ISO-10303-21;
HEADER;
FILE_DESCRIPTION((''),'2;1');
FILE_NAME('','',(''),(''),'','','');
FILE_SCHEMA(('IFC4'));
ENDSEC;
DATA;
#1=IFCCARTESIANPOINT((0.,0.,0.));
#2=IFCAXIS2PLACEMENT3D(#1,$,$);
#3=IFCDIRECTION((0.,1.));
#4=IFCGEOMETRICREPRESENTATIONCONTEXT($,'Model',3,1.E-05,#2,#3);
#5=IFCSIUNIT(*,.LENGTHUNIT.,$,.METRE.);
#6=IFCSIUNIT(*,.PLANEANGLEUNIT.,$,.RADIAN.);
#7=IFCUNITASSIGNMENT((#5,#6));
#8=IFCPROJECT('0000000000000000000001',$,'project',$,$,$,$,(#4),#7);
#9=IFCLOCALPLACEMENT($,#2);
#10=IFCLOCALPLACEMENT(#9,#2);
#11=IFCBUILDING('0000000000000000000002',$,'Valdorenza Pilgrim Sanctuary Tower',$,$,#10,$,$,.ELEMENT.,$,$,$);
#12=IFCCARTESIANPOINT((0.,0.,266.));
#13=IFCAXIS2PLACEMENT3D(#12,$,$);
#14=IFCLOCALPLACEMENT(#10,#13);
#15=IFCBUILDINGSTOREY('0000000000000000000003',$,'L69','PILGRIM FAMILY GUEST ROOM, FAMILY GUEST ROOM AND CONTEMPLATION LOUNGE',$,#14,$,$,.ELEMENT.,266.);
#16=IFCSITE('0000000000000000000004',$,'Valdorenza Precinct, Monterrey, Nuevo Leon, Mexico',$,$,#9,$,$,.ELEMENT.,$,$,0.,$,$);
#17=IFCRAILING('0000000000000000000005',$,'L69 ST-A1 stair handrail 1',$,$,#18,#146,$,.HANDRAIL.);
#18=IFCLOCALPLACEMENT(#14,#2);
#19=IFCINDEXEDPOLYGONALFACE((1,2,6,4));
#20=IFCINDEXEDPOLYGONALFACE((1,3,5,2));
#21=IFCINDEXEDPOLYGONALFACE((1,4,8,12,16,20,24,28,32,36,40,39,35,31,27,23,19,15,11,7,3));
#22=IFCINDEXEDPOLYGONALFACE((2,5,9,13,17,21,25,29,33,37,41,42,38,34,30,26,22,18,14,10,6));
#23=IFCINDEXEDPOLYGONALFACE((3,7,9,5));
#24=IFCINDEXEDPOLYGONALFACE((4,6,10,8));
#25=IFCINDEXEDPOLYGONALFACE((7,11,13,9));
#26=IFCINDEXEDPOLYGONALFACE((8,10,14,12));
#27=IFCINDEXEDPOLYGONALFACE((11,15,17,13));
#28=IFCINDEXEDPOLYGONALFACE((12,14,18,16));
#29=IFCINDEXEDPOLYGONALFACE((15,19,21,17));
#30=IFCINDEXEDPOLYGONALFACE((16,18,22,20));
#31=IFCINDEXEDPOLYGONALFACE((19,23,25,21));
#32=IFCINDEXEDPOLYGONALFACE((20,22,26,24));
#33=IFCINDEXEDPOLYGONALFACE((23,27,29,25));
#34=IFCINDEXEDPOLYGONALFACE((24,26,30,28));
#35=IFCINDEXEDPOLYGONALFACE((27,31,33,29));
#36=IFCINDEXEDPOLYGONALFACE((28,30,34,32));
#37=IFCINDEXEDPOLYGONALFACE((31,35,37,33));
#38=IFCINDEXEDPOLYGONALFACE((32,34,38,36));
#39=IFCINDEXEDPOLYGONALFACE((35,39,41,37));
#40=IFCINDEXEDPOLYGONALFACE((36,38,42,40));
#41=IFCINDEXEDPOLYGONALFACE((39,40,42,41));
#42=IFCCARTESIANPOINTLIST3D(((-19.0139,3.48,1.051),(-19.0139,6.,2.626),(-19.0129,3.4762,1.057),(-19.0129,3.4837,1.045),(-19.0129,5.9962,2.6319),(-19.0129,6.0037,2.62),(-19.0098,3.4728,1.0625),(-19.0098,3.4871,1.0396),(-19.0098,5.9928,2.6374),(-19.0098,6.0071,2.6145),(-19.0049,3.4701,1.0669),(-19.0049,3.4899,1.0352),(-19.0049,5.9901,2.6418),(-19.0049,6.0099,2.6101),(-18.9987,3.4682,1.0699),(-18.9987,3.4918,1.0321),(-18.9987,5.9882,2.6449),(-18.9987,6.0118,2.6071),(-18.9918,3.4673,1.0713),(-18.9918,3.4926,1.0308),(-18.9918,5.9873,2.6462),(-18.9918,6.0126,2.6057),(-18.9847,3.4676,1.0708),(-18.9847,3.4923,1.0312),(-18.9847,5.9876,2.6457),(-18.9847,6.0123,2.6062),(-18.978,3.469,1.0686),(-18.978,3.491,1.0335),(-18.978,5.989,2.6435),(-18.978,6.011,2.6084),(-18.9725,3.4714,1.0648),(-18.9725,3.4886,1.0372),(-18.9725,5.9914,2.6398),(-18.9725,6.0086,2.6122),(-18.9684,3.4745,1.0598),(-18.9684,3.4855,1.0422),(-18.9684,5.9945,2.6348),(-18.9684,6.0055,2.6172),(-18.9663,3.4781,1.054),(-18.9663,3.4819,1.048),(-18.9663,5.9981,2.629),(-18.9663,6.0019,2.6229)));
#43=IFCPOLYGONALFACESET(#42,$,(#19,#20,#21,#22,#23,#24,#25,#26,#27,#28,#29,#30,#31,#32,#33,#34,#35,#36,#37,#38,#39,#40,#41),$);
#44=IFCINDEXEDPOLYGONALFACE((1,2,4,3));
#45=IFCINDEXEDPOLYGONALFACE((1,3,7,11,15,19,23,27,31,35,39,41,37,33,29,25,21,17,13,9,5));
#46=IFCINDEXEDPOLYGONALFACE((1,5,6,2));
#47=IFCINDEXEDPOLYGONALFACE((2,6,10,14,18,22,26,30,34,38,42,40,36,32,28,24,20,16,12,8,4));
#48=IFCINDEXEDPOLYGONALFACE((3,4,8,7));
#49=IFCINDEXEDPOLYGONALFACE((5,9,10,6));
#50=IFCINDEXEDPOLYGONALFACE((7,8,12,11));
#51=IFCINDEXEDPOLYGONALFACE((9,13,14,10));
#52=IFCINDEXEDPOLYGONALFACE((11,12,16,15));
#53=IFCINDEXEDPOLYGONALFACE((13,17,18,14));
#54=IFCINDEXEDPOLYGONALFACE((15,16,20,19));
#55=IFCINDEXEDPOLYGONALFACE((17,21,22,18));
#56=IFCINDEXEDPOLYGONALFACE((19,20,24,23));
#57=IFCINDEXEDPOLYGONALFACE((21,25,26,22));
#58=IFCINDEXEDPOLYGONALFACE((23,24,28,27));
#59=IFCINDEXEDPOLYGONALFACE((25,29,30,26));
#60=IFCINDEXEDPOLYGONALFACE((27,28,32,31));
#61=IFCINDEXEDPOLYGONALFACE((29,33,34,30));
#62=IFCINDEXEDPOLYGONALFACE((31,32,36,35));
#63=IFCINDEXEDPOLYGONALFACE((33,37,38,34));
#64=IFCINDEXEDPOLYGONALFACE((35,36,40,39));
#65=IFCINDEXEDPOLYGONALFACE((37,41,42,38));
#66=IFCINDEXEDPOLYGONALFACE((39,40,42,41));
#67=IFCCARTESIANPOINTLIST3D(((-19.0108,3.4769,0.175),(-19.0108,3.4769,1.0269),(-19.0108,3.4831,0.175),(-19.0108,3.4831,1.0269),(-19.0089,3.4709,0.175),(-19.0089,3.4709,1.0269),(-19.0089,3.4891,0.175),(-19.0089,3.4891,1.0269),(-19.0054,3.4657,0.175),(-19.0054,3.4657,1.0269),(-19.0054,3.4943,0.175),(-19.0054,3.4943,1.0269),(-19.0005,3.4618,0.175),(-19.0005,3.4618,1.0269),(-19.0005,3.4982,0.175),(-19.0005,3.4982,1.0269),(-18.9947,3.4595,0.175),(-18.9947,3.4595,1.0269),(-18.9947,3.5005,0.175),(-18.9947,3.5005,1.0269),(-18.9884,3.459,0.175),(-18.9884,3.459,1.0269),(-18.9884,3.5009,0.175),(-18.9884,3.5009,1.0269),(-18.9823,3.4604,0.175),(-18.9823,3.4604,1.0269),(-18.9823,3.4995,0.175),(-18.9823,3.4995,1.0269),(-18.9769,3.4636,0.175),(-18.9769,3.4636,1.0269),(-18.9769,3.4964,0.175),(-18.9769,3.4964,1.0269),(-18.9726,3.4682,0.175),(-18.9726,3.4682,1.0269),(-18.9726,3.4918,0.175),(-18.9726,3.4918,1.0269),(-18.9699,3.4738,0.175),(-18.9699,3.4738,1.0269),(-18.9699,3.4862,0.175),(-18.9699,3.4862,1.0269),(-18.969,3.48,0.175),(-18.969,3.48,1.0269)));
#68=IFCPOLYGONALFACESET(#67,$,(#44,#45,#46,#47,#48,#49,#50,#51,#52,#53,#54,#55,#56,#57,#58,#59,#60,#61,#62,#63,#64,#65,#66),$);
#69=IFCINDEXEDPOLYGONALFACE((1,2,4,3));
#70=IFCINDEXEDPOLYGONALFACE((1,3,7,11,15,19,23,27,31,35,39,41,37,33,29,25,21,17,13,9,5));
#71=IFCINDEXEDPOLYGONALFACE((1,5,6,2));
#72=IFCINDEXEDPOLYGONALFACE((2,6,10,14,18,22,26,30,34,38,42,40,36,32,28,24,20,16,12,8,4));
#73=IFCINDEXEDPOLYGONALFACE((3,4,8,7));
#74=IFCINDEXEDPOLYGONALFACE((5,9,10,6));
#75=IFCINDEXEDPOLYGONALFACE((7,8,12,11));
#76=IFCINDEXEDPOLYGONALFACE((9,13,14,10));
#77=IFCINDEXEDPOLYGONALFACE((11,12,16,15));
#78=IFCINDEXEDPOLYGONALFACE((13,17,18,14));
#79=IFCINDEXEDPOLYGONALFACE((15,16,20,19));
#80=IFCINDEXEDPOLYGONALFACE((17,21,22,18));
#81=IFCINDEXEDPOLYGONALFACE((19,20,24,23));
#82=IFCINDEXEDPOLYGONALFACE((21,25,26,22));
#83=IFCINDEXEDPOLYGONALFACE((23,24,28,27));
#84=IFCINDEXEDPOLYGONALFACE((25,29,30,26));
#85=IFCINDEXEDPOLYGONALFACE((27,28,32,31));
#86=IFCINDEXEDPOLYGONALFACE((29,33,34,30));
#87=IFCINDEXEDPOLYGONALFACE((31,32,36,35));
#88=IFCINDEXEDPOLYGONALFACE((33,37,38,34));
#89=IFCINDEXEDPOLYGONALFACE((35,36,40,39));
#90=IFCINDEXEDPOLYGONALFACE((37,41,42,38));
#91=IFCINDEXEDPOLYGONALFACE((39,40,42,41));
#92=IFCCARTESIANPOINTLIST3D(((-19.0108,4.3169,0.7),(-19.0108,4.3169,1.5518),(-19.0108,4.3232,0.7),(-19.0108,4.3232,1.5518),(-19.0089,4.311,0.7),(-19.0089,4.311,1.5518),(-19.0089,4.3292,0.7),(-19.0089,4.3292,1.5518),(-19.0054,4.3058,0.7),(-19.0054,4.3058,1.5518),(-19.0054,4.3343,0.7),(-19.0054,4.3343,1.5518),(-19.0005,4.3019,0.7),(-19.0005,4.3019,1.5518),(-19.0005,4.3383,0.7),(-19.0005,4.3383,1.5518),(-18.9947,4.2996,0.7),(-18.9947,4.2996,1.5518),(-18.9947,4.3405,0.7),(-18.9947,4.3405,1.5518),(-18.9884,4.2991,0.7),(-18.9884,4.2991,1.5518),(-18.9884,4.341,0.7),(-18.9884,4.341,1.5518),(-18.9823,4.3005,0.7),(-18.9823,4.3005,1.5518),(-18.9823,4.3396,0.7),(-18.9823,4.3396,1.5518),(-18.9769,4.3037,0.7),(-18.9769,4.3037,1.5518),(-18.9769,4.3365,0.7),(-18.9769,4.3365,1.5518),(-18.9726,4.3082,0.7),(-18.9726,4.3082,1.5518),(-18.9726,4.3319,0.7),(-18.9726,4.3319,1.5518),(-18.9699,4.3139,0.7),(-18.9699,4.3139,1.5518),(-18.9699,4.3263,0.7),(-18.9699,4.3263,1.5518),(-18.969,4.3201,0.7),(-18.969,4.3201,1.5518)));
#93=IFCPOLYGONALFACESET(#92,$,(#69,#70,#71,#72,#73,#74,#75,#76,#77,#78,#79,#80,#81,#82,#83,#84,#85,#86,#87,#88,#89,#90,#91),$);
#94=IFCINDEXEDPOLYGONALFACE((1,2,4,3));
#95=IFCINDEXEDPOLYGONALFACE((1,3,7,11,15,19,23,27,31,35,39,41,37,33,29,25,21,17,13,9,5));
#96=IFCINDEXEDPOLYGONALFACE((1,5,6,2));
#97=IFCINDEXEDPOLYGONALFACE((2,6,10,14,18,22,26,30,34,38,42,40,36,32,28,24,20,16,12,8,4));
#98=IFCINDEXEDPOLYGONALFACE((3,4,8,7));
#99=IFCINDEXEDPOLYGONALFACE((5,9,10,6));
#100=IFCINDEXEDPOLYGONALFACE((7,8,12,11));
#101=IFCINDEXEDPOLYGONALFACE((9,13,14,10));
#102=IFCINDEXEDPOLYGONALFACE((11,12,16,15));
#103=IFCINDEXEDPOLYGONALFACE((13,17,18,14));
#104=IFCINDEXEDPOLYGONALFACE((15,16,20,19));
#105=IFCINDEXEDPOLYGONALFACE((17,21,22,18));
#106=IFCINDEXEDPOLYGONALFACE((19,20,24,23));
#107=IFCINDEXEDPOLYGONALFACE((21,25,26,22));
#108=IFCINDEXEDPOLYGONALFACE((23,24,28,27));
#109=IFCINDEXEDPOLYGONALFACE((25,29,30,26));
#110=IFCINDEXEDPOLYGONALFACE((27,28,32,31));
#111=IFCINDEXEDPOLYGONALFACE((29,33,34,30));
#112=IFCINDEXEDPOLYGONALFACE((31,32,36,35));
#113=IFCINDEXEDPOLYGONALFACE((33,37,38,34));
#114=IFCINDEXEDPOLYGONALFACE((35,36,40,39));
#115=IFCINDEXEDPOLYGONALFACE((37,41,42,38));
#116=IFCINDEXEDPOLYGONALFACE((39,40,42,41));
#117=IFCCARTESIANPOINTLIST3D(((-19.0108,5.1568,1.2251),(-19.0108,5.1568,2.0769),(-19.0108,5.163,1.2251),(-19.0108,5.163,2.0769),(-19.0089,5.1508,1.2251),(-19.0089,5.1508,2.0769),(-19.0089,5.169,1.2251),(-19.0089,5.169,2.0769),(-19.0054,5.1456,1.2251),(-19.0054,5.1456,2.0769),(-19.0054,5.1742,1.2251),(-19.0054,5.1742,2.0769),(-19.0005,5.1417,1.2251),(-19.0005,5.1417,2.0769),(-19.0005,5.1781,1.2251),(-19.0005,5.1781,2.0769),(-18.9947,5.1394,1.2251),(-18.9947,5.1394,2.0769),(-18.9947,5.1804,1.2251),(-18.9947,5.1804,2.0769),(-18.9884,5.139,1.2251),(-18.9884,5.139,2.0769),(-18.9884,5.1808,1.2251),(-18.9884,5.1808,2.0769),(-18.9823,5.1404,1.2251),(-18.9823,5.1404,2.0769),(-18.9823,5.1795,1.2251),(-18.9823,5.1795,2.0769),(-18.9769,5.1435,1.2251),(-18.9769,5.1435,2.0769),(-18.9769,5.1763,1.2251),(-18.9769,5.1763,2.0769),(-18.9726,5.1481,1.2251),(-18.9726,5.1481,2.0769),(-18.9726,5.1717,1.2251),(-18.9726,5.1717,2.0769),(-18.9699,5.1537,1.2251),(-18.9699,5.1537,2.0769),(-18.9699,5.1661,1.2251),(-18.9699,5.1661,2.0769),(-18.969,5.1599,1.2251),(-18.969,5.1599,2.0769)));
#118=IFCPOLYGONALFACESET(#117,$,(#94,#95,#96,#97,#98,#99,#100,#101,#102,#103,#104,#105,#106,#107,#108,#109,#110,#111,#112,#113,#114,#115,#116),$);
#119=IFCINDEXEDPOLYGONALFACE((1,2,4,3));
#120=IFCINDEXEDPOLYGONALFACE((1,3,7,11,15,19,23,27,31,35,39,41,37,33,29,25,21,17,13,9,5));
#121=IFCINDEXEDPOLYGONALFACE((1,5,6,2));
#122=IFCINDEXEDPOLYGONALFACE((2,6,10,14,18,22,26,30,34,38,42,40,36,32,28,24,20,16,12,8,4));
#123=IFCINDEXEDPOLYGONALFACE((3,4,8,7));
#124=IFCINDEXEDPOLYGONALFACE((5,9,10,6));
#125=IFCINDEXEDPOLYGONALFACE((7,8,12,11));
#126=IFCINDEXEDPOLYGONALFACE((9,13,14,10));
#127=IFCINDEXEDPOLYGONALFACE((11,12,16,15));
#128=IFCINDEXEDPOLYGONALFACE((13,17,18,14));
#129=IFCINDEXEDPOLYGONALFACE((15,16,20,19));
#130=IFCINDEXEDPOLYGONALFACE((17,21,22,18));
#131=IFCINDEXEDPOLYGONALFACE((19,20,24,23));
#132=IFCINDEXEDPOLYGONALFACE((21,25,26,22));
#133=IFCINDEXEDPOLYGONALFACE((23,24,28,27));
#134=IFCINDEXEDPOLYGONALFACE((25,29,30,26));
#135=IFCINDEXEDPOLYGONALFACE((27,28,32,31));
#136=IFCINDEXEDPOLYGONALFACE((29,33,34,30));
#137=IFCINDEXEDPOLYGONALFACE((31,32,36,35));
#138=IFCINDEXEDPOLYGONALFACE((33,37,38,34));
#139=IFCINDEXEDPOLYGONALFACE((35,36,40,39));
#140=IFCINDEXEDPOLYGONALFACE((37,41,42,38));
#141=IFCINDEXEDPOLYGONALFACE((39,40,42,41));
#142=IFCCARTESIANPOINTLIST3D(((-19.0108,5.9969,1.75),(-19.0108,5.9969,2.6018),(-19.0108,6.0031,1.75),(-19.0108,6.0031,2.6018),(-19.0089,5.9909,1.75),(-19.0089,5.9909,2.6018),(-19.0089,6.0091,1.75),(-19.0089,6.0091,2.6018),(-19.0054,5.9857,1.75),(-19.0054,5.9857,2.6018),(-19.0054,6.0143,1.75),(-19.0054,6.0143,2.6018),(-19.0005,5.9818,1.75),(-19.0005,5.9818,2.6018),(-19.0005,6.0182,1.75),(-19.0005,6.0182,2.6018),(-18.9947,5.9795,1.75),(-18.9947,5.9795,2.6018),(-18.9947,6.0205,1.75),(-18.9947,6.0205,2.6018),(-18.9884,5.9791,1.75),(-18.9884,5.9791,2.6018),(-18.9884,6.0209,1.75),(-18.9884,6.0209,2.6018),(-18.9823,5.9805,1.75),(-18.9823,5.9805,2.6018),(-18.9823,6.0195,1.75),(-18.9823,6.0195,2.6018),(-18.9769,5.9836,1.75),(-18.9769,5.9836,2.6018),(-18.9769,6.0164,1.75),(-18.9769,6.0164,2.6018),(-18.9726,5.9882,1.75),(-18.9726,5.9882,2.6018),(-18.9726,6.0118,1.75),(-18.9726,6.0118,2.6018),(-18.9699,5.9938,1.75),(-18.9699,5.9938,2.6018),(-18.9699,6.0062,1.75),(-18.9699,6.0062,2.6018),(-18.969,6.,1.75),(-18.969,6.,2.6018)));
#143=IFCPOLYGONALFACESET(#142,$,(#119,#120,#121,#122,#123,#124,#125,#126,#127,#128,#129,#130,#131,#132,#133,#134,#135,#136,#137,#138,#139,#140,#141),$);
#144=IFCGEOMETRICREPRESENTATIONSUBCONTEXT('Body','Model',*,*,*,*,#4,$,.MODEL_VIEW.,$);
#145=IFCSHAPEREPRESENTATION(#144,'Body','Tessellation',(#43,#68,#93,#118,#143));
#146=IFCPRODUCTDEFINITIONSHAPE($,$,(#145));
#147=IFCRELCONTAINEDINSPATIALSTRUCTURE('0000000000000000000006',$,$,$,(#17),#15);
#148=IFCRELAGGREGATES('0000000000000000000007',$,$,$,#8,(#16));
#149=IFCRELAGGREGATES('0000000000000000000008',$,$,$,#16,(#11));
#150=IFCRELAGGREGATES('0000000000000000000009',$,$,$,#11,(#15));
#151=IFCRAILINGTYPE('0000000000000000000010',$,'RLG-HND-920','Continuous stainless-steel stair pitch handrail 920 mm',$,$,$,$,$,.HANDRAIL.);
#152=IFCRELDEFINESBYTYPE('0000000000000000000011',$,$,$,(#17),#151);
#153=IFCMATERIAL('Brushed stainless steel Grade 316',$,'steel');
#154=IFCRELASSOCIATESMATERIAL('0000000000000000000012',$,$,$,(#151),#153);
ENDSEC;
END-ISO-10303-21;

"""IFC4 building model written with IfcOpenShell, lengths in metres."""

from ifc_helpers import new_model, si_unit, direction, frame, origin, origin_2d, place, context, subcontext, project, spatial, circle, extrude, material, type_object, element, save


model = new_model("IFC4")

# Units and contexts
model_context = context("Model", 3, precision=1e-05, world=origin(), true_north=direction((0.0, 1.0)))
body_context = subcontext(model_context, "Body", "Model", "MODEL_VIEW")
ifc_project = project(units=[si_unit("LENGTHUNIT", "METRE"), si_unit("PLANEANGLEUNIT", "RADIAN")], contexts=[model_context])

# Site, building, storey
site_placement = place(None, origin())
site = spatial("IfcSite", under=ifc_project, at=site_placement, Name="Valdorenza Precinct, Monterrey, Nuevo Leon, Mexico", CompositionType="ELEMENT", RefElevation=0.0)
building_placement = place(site_placement, origin())
building = spatial("IfcBuilding", under=site, at=building_placement, Name="Valdorenza Pilgrim Sanctuary Tower", CompositionType="ELEMENT")
storey_placement = place(building_placement, frame((0.0, 0.0, 266.0)))
storey = spatial("IfcBuildingStorey", under=building, at=storey_placement, Name="L69", Description="PILGRIM FAMILY GUEST ROOM, FAMILY GUEST ROOM AND CONTEMPLATION LOUNGE", CompositionType="ELEMENT", Elevation=266.0)

# Shared definitions
ifc_material_1 = material(Name="Brushed stainless steel Grade 316", Category="steel")

# Railing
railing_type_1 = type_object("IfcRailingType", Name="RLG-HND-920", Description="Continuous stainless-steel stair pitch handrail 920 mm", PredefinedType="HANDRAIL", material=ifc_material_1)
railing_1_placement = place(storey_placement, frame((-18.99, 3.48, 0.175)))
element("IfcRailing", 1, at=railing_1_placement, inside=storey, type_object=railing_type_1, Name="L69 ST-A1 stair handrail 1", PredefinedType="HANDRAIL", context=body_context, shape_type="SweptSolid", body=[
    extrude(circle(Radius=0.0239, at=origin_2d()), frame((0.0, 0.0, 0.876), z_axis=(0.0, 0.848008, 0.529984), x_axis=(-1.0, 0.0, 0.0)), (0.0, 0.0, 1.0), 2.9717),
    extrude(circle(Radius=0.021, at=origin_2d()), origin(), (0.0, 0.0, 1.0), 0.8518),
    extrude(circle(Radius=0.021, at=origin_2d()), frame((0.0, 0.8401, 0.5249)), (0.0, 0.0, 1.0), 0.8518),
    extrude(circle(Radius=0.021, at=origin_2d()), frame((0.0, 1.6799, 1.05)), (0.0, 0.0, 1.0), 0.8518),
    extrude(circle(Radius=0.021, at=origin_2d()), frame((0.0, 2.52, 1.575)), (0.0, 0.0, 1.0), 0.8518),
])

save(model, "model.ifc")
